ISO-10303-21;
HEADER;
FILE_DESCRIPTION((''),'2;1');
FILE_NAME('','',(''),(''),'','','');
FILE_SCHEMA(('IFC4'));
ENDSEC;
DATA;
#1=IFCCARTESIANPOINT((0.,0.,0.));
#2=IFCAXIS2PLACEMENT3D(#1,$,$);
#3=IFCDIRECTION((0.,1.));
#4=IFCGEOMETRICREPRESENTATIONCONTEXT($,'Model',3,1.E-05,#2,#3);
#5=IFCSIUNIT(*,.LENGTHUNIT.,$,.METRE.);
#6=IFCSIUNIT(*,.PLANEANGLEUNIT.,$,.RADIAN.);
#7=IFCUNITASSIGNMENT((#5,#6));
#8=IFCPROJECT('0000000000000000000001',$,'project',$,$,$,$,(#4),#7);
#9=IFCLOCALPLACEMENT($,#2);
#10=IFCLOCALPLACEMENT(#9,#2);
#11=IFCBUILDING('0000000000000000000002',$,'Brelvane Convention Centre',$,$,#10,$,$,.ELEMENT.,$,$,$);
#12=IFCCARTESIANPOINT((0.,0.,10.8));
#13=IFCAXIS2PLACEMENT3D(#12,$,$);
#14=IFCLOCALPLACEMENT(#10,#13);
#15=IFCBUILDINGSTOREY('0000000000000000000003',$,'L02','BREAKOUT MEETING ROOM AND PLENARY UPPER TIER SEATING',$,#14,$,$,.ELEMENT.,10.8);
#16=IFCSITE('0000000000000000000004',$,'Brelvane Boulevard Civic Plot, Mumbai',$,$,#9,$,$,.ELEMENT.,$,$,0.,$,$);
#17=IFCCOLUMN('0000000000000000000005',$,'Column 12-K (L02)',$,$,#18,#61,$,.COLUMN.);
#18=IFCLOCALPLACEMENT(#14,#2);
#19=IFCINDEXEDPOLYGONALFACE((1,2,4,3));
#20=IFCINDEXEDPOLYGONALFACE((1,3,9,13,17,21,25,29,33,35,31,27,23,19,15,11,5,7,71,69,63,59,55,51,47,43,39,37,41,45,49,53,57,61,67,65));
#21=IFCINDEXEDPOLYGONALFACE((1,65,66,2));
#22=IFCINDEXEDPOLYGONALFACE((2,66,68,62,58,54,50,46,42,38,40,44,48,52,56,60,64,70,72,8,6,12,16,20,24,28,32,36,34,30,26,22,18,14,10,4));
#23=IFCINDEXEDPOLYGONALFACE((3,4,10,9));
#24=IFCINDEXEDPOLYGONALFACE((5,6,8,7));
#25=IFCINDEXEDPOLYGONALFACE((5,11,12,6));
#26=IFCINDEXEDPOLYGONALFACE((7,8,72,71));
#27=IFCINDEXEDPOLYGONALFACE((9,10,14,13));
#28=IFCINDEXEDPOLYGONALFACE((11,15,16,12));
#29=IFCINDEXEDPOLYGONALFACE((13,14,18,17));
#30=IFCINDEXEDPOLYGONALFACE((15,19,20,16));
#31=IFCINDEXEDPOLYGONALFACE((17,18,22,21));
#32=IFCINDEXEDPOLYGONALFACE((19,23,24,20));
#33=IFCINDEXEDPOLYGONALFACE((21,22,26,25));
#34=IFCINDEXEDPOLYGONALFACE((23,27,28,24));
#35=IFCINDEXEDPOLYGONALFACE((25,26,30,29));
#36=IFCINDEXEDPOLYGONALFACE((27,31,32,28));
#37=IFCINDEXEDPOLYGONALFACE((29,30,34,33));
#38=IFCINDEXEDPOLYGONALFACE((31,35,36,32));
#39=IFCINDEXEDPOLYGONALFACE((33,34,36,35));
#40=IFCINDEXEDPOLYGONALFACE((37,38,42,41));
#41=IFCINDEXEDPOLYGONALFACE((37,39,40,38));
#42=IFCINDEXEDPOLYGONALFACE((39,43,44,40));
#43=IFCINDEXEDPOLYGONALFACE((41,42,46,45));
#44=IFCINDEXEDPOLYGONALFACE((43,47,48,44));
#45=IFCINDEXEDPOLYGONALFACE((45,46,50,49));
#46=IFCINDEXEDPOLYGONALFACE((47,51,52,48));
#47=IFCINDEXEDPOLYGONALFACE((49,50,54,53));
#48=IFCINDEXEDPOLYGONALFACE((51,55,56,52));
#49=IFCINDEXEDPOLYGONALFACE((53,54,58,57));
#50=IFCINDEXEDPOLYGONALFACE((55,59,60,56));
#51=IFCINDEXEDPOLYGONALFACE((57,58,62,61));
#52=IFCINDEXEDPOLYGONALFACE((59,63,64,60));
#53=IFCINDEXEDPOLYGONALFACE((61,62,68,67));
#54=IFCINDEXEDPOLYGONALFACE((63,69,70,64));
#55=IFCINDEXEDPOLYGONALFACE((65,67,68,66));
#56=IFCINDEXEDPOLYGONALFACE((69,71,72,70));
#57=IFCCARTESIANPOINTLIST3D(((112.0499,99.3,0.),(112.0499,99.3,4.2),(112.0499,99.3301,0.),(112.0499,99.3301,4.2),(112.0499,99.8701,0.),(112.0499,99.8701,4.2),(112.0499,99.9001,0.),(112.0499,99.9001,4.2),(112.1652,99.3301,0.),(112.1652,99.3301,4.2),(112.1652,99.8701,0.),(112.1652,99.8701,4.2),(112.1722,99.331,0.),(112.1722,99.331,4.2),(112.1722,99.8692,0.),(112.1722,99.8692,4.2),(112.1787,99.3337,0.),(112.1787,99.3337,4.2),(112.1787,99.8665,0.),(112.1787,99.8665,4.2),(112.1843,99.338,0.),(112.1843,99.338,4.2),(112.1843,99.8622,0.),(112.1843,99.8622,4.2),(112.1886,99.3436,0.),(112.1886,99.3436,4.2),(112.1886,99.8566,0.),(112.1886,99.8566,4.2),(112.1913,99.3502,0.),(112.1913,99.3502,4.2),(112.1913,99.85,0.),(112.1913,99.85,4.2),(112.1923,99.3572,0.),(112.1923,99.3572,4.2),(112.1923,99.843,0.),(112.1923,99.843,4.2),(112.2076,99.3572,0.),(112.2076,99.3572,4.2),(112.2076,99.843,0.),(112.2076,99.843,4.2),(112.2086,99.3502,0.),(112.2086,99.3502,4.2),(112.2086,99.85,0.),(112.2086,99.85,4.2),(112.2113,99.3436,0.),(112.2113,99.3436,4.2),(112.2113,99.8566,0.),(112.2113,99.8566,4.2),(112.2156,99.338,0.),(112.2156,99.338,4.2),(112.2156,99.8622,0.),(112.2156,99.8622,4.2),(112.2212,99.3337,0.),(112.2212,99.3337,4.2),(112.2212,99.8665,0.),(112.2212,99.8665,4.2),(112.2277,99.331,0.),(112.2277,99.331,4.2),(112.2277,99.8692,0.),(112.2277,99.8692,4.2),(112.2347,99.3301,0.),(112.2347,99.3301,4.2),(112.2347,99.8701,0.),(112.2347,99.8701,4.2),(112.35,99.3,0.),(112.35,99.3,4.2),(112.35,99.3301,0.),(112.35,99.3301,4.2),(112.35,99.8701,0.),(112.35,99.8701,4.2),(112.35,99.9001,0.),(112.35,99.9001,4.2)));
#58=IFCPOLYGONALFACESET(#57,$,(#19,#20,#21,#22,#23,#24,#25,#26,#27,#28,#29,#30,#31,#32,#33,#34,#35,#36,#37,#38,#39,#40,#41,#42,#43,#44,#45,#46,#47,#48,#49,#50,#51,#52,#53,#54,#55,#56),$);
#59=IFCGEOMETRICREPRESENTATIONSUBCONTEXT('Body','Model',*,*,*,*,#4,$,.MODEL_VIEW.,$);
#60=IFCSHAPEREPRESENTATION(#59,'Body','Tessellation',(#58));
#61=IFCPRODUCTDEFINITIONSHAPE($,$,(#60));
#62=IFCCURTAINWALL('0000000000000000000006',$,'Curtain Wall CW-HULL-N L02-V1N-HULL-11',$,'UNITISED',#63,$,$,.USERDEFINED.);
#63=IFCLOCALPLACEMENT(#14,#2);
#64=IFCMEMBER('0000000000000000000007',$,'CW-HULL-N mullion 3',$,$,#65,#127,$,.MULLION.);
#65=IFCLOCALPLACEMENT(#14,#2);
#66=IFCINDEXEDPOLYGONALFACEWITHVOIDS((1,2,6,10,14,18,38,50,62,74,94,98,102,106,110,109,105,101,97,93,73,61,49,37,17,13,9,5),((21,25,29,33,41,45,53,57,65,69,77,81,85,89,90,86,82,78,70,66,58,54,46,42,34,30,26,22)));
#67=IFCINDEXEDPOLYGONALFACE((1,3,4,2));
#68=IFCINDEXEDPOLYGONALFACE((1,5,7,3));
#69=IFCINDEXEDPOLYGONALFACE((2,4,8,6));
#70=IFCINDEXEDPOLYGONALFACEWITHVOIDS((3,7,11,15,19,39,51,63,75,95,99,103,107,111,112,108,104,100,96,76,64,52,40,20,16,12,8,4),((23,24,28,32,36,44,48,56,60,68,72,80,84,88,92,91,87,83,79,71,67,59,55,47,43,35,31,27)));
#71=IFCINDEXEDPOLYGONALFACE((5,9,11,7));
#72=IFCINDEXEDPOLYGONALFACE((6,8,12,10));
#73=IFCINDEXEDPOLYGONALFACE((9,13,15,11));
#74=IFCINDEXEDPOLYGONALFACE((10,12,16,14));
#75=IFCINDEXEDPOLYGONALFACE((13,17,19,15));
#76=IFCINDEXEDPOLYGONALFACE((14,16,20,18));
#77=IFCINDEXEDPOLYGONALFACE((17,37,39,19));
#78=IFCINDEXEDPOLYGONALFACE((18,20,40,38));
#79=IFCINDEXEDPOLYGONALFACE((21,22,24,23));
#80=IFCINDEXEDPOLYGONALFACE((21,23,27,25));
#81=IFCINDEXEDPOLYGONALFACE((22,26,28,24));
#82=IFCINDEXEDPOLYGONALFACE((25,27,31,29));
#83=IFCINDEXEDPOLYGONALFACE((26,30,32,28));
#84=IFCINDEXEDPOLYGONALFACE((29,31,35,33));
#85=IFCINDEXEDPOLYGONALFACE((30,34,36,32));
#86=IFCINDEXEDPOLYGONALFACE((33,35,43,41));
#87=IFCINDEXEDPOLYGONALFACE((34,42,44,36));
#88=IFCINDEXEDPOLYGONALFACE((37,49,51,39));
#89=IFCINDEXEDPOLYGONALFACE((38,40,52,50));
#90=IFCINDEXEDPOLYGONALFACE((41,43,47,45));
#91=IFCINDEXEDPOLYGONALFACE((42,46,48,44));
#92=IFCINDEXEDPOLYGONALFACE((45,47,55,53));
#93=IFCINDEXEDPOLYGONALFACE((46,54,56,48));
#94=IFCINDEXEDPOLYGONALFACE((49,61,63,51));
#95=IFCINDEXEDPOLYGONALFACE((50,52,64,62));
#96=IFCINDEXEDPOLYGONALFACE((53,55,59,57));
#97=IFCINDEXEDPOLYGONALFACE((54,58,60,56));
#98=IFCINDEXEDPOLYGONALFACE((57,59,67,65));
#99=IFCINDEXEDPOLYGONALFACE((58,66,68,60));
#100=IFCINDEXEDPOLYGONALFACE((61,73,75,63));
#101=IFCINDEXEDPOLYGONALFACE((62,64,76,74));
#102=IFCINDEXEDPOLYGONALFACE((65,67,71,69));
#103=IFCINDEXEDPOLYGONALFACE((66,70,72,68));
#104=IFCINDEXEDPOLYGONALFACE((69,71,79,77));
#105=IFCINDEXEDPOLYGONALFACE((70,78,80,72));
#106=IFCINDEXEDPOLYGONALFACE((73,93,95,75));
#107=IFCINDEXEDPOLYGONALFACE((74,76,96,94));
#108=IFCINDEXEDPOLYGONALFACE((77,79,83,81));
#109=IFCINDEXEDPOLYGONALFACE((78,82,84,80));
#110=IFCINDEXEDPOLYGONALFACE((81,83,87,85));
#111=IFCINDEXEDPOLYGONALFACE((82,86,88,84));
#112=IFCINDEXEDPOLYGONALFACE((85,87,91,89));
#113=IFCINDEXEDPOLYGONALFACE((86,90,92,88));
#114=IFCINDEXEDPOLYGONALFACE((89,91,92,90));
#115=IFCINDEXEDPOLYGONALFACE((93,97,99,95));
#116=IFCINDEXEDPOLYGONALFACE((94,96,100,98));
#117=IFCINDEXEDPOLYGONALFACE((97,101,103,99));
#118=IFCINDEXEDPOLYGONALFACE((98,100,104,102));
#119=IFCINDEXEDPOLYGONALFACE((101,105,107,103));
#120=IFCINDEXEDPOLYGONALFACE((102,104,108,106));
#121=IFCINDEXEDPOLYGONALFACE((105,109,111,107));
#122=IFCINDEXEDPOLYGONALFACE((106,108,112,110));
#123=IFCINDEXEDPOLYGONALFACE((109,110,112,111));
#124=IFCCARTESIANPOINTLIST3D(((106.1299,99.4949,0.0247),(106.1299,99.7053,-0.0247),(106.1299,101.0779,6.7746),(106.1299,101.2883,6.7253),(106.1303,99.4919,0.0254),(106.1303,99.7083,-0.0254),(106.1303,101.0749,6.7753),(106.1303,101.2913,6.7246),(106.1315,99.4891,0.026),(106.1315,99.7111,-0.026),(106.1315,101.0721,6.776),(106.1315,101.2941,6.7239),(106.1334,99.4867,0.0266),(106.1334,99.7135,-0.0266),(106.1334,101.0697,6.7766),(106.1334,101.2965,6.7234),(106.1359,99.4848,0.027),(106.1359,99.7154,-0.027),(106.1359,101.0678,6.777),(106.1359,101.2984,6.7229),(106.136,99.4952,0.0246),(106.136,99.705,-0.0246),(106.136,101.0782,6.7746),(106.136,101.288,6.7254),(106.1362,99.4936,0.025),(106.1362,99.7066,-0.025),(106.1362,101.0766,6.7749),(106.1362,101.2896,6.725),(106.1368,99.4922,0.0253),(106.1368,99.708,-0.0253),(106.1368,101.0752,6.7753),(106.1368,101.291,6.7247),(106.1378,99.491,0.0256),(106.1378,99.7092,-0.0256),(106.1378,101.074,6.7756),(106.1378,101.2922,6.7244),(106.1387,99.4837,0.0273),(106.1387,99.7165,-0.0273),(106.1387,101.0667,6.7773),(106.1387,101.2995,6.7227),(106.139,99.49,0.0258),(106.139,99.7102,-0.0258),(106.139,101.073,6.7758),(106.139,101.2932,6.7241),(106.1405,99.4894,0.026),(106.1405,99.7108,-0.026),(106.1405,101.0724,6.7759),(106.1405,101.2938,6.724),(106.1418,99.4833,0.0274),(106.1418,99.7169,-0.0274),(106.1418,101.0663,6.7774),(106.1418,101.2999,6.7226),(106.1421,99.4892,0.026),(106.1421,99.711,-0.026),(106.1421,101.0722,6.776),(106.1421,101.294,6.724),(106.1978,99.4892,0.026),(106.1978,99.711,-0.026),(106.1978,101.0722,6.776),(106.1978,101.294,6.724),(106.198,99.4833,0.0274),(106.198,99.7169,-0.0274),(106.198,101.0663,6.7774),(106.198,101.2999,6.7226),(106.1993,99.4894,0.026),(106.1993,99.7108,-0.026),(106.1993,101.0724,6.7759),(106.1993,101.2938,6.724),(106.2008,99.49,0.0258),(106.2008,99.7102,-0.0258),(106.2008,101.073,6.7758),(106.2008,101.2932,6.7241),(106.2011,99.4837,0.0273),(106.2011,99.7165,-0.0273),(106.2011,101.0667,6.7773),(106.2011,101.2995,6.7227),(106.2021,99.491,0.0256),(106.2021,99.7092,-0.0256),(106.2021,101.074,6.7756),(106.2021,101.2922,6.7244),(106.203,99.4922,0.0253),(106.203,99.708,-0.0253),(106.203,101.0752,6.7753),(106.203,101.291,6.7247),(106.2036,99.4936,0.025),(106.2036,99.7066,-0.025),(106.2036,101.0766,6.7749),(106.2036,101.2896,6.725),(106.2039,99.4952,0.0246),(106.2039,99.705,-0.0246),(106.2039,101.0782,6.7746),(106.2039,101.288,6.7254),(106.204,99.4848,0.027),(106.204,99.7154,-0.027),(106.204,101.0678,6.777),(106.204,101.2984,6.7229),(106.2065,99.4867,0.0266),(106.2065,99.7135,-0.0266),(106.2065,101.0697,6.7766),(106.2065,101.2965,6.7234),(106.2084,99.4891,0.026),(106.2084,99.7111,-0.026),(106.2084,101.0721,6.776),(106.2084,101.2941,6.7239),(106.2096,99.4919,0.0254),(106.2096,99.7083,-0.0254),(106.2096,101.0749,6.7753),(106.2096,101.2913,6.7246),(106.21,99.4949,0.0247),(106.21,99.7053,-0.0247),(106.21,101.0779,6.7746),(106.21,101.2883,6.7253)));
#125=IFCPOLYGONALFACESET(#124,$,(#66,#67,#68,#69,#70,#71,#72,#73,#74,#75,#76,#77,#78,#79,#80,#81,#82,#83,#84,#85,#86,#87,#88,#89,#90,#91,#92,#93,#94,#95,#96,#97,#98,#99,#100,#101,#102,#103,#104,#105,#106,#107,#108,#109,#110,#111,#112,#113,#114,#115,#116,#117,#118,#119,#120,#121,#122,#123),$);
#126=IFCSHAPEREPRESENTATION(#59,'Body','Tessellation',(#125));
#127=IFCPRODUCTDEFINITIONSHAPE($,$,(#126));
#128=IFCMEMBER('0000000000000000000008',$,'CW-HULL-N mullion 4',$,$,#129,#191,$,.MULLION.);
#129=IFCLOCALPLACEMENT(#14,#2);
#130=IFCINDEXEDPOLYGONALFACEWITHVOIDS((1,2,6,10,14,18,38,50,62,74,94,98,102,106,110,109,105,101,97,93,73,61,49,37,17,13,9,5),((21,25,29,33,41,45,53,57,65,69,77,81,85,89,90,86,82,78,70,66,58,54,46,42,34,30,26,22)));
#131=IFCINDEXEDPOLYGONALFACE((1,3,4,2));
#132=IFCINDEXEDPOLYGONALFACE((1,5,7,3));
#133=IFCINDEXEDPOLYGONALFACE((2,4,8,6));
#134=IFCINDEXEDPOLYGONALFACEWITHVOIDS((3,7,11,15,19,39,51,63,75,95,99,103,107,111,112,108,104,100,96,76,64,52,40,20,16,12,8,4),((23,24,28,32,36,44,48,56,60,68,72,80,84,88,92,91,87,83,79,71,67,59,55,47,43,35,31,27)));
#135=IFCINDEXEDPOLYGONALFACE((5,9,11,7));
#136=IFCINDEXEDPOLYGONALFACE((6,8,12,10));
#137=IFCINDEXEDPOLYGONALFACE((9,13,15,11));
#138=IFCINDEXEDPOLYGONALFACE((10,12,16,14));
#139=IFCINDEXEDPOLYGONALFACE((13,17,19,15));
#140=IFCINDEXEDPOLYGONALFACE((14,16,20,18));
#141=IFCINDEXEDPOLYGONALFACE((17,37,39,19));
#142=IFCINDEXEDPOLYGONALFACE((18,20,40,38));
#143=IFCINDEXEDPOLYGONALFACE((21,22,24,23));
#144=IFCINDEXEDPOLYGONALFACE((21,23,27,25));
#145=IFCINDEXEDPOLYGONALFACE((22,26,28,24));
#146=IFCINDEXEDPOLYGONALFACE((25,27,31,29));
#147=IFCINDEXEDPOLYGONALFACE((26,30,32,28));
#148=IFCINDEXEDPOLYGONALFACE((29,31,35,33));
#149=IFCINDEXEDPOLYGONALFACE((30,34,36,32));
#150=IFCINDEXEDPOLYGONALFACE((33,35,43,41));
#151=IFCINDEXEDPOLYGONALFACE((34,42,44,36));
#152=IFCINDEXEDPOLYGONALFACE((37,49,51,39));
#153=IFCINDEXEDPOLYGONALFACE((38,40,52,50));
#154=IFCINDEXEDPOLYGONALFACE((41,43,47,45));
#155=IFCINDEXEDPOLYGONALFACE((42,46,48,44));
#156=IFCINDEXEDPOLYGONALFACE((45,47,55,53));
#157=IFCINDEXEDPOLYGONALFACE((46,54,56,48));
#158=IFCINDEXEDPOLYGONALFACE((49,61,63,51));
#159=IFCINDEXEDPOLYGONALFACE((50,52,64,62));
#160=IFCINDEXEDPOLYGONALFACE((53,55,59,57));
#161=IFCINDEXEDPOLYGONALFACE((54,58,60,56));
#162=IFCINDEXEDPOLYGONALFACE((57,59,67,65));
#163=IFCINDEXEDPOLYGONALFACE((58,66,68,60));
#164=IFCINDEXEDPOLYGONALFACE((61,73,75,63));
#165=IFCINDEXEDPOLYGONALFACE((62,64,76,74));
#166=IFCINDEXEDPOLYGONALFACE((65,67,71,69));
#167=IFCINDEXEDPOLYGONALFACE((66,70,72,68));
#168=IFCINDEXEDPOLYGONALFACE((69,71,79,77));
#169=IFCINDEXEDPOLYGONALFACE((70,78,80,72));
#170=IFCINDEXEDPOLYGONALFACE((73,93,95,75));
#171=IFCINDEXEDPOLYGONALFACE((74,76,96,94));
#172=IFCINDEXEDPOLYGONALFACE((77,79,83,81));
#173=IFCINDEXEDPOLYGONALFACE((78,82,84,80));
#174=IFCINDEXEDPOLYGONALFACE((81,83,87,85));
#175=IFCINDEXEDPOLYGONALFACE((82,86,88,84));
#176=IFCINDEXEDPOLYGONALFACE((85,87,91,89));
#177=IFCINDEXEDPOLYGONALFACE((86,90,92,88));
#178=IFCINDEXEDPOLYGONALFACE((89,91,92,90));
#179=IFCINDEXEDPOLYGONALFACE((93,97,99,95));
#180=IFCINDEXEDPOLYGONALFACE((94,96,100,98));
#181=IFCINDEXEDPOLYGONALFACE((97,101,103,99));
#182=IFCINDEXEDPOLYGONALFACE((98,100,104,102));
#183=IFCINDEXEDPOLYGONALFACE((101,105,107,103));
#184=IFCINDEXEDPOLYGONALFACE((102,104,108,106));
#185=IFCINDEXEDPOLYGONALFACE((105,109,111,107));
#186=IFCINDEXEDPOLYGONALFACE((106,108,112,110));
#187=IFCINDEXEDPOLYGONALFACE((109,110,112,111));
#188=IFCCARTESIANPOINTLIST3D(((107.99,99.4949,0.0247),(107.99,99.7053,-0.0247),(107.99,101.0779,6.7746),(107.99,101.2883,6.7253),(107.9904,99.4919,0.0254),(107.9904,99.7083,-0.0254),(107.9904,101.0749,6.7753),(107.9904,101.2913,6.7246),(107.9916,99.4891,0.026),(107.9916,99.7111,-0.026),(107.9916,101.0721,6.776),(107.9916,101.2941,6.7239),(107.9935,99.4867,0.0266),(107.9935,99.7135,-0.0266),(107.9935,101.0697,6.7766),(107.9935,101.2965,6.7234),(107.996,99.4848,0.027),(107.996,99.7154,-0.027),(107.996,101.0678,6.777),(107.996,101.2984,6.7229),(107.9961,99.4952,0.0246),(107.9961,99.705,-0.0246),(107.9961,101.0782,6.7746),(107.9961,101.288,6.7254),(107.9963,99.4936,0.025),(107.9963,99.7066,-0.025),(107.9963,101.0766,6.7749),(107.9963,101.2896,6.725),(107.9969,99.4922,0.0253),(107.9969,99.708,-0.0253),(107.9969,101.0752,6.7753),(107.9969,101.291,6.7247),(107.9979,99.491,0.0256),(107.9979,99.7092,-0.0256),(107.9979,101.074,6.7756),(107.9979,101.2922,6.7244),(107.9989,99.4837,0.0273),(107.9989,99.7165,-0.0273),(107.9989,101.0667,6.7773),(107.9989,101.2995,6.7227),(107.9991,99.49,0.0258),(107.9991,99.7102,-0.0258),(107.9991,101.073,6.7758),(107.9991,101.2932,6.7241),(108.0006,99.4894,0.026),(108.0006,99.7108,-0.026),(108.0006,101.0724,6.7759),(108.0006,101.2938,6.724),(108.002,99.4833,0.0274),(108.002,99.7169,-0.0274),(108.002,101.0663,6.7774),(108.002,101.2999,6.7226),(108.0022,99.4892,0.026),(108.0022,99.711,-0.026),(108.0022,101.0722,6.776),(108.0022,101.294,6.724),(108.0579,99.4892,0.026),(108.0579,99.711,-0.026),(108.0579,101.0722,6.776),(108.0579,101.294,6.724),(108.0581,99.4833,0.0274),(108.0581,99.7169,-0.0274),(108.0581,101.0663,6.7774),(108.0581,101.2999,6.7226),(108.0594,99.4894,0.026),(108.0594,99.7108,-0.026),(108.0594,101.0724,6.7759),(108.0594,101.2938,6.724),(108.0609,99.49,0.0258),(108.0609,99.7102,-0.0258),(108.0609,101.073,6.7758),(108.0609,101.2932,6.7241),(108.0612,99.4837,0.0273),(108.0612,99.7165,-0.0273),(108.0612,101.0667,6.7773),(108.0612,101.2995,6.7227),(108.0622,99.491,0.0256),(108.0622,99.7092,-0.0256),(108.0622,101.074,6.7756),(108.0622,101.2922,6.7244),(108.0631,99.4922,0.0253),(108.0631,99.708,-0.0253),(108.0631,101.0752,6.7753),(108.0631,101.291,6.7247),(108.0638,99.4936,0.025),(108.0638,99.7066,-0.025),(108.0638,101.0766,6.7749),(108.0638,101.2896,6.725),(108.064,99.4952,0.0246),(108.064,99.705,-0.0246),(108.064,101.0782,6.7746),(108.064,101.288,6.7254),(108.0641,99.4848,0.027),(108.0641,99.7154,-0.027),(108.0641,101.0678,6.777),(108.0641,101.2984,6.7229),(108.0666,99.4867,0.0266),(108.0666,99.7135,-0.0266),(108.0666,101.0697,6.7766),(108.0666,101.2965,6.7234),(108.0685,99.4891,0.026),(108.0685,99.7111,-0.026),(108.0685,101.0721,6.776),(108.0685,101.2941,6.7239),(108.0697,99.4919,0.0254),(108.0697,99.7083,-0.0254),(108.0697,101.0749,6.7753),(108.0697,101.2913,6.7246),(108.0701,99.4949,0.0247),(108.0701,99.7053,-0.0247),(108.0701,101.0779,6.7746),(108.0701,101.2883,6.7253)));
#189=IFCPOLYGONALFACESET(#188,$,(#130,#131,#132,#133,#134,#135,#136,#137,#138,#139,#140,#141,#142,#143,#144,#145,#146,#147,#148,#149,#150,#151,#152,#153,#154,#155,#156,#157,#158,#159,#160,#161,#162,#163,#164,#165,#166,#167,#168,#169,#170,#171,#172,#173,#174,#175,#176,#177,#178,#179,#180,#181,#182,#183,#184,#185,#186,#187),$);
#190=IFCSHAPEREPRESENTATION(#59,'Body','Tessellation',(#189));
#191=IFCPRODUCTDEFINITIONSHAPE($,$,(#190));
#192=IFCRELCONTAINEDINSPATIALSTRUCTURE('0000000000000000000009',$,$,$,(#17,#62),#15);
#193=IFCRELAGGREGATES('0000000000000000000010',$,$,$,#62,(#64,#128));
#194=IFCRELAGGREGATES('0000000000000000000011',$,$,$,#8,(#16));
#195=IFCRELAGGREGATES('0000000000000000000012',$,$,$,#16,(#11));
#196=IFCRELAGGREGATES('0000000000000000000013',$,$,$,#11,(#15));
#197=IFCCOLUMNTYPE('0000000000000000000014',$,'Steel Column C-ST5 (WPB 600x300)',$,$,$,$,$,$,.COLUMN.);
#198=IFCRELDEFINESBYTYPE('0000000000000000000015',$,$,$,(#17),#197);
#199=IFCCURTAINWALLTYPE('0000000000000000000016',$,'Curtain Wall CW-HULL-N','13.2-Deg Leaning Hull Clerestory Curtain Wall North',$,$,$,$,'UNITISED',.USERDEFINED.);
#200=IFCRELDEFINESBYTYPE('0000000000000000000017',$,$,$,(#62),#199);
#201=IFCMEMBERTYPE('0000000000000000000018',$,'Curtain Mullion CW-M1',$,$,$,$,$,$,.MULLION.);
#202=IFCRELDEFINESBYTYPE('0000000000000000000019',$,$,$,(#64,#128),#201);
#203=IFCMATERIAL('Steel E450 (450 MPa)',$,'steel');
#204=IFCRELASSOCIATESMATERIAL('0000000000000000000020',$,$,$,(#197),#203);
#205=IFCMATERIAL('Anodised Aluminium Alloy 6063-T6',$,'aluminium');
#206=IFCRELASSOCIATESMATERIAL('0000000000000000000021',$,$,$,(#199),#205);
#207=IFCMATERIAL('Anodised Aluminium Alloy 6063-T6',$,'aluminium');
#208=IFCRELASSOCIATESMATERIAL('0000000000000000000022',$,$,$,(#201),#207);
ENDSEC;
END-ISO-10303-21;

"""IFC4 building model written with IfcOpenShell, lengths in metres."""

from ifc_helpers import new_model, si_unit, direction, frame, origin, origin_2d, place, context, subcontext, project, spatial, hollow_rectangle, i_section, extrude, material, material_profile, profile_set, type_object, element, aggregate, save


model = new_model("IFC4")

# Units and contexts
model_context = context("Model", 3, precision=1e-05, world=origin(), true_north=direction((0.0, 1.0)))
body_context = subcontext(model_context, "Body", "Model", "MODEL_VIEW")
ifc_project = project(units=[si_unit("LENGTHUNIT", "METRE"), si_unit("PLANEANGLEUNIT", "RADIAN")], contexts=[model_context])

# Site, building, storey
site_placement = place(None, origin())
site = spatial("IfcSite", under=ifc_project, at=site_placement, Name="Brelvane Boulevard Civic Plot, Mumbai", CompositionType="ELEMENT", RefElevation=0.0)
building_placement = place(site_placement, origin())
building = spatial("IfcBuilding", under=site, at=building_placement, Name="Brelvane Convention Centre", CompositionType="ELEMENT")
storey_placement = place(building_placement, frame((0.0, 0.0, 10.8)))
storey = spatial("IfcBuildingStorey", under=building, at=storey_placement, Name="L02", Description="BREAKOUT MEETING ROOM AND PLENARY UPPER TIER SEATING", CompositionType="ELEMENT", Elevation=10.8)

# Column
ifc_material_1 = material(Name="Steel E450 (450 MPa)", Category="steel")
ifc_material_profile_1 = material_profile(ifc_material_1, i_section(OverallWidth=0.3, OverallDepth=0.6001, WebThickness=0.0154, FlangeThickness=0.03, FilletRadius=0.0271, at=origin_2d()), Name="WPB 600x300")
ifc_profile_set_1 = profile_set([ifc_material_profile_1], Name="Steel E450 (450 MPa)")
column_type = type_object("IfcColumnType", Name="Steel Column C-ST5 (WPB 600x300)", PredefinedType="COLUMN", material=ifc_profile_set_1)
column_placement = place(storey_placement, frame((112.2, 99.6001, 0.0), z_axis=(0.0, 0.0, 1.0), x_axis=(1.0, 0.0, 0.0)))
element("IfcColumn", 1, at=column_placement, inside=storey, type_object=column_type, Name="Column 12-K (L02)", PredefinedType="COLUMN", context=body_context, shape_type="SweptSolid", body=[
    extrude(i_section(OverallWidth=0.3, OverallDepth=0.6001, WebThickness=0.0154, FlangeThickness=0.03, FilletRadius=0.0271, at=origin_2d()), origin(), (0.0, 0.0, 1.0), 4.2),
])

# Curtain wall, members
ifc_material_2 = material(Name="Anodised Aluminium Alloy 6063-T6", Category="aluminium")
curtain_wall_type = type_object("IfcCurtainWallType", Name="Curtain Wall CW-HULL-N", Description="13.2-Deg Leaning Hull Clerestory Curtain Wall North", ElementType="UNITISED", PredefinedType="USERDEFINED", material=ifc_material_2)
curtain_wall_1_placement = place(storey_placement, origin())
curtain_wall_1 = element("IfcCurtainWall", 2, at=curtain_wall_1_placement, inside=storey, type_object=curtain_wall_type, Name="Curtain Wall CW-HULL-N L02-V1N-HULL-11", ObjectType="UNITISED", PredefinedType="USERDEFINED")
ifc_material_3 = material(Name="Anodised Aluminium Alloy 6063-T6", Category="aluminium")
ifc_material_profile_2 = material_profile(ifc_material_3, hollow_rectangle(XDim=0.0801, YDim=0.24, WallThickness=0.0061, InnerFilletRadius=0.0061, OuterFilletRadius=0.012, at=origin_2d()), Name="ALU-M 240x80x6.0")
ifc_profile_set_2 = profile_set([ifc_material_profile_2], Name="Anodised Aluminium Alloy 6063-T6")
member_type_1 = type_object("IfcMemberType", Name="Curtain Mullion CW-M1", PredefinedType="MULLION", material=ifc_profile_set_2)
member_1_placement = place(storey_placement, frame((106.1699, 99.6001, 0.0), z_axis=(0.0, 0.228325, 0.973585), x_axis=(-1.0, 0.0, 0.0)))
member_1 = element("IfcMember", 3, at=member_1_placement, type_object=member_type_1, Name="CW-HULL-N mullion 3", PredefinedType="MULLION", context=body_context, shape_type="SweptSolid", body=[
    extrude(hollow_rectangle(XDim=0.0801, YDim=0.24, WallThickness=0.0061, InnerFilletRadius=0.0061, OuterFilletRadius=0.012, at=origin_2d()), origin(), (0.0, 0.0, 1.0), 6.9331),
])
member_2_placement = place(storey_placement, frame((108.03, 99.6001, 0.0), z_axis=(0.0, 0.228325, 0.973585), x_axis=(-1.0, 0.0, 0.0)))
member_2 = element("IfcMember", 4, at=member_2_placement, type_object=member_type_1, Name="CW-HULL-N mullion 4", PredefinedType="MULLION", context=body_context, shape_type="SweptSolid", body=[
    extrude(hollow_rectangle(XDim=0.0801, YDim=0.24, WallThickness=0.0061, InnerFilletRadius=0.0061, OuterFilletRadius=0.012, at=origin_2d()), origin(), (0.0, 0.0, 1.0), 6.9331),
])

aggregate(curtain_wall_1, [member_1, member_2])

save(model, "model.ifc")
